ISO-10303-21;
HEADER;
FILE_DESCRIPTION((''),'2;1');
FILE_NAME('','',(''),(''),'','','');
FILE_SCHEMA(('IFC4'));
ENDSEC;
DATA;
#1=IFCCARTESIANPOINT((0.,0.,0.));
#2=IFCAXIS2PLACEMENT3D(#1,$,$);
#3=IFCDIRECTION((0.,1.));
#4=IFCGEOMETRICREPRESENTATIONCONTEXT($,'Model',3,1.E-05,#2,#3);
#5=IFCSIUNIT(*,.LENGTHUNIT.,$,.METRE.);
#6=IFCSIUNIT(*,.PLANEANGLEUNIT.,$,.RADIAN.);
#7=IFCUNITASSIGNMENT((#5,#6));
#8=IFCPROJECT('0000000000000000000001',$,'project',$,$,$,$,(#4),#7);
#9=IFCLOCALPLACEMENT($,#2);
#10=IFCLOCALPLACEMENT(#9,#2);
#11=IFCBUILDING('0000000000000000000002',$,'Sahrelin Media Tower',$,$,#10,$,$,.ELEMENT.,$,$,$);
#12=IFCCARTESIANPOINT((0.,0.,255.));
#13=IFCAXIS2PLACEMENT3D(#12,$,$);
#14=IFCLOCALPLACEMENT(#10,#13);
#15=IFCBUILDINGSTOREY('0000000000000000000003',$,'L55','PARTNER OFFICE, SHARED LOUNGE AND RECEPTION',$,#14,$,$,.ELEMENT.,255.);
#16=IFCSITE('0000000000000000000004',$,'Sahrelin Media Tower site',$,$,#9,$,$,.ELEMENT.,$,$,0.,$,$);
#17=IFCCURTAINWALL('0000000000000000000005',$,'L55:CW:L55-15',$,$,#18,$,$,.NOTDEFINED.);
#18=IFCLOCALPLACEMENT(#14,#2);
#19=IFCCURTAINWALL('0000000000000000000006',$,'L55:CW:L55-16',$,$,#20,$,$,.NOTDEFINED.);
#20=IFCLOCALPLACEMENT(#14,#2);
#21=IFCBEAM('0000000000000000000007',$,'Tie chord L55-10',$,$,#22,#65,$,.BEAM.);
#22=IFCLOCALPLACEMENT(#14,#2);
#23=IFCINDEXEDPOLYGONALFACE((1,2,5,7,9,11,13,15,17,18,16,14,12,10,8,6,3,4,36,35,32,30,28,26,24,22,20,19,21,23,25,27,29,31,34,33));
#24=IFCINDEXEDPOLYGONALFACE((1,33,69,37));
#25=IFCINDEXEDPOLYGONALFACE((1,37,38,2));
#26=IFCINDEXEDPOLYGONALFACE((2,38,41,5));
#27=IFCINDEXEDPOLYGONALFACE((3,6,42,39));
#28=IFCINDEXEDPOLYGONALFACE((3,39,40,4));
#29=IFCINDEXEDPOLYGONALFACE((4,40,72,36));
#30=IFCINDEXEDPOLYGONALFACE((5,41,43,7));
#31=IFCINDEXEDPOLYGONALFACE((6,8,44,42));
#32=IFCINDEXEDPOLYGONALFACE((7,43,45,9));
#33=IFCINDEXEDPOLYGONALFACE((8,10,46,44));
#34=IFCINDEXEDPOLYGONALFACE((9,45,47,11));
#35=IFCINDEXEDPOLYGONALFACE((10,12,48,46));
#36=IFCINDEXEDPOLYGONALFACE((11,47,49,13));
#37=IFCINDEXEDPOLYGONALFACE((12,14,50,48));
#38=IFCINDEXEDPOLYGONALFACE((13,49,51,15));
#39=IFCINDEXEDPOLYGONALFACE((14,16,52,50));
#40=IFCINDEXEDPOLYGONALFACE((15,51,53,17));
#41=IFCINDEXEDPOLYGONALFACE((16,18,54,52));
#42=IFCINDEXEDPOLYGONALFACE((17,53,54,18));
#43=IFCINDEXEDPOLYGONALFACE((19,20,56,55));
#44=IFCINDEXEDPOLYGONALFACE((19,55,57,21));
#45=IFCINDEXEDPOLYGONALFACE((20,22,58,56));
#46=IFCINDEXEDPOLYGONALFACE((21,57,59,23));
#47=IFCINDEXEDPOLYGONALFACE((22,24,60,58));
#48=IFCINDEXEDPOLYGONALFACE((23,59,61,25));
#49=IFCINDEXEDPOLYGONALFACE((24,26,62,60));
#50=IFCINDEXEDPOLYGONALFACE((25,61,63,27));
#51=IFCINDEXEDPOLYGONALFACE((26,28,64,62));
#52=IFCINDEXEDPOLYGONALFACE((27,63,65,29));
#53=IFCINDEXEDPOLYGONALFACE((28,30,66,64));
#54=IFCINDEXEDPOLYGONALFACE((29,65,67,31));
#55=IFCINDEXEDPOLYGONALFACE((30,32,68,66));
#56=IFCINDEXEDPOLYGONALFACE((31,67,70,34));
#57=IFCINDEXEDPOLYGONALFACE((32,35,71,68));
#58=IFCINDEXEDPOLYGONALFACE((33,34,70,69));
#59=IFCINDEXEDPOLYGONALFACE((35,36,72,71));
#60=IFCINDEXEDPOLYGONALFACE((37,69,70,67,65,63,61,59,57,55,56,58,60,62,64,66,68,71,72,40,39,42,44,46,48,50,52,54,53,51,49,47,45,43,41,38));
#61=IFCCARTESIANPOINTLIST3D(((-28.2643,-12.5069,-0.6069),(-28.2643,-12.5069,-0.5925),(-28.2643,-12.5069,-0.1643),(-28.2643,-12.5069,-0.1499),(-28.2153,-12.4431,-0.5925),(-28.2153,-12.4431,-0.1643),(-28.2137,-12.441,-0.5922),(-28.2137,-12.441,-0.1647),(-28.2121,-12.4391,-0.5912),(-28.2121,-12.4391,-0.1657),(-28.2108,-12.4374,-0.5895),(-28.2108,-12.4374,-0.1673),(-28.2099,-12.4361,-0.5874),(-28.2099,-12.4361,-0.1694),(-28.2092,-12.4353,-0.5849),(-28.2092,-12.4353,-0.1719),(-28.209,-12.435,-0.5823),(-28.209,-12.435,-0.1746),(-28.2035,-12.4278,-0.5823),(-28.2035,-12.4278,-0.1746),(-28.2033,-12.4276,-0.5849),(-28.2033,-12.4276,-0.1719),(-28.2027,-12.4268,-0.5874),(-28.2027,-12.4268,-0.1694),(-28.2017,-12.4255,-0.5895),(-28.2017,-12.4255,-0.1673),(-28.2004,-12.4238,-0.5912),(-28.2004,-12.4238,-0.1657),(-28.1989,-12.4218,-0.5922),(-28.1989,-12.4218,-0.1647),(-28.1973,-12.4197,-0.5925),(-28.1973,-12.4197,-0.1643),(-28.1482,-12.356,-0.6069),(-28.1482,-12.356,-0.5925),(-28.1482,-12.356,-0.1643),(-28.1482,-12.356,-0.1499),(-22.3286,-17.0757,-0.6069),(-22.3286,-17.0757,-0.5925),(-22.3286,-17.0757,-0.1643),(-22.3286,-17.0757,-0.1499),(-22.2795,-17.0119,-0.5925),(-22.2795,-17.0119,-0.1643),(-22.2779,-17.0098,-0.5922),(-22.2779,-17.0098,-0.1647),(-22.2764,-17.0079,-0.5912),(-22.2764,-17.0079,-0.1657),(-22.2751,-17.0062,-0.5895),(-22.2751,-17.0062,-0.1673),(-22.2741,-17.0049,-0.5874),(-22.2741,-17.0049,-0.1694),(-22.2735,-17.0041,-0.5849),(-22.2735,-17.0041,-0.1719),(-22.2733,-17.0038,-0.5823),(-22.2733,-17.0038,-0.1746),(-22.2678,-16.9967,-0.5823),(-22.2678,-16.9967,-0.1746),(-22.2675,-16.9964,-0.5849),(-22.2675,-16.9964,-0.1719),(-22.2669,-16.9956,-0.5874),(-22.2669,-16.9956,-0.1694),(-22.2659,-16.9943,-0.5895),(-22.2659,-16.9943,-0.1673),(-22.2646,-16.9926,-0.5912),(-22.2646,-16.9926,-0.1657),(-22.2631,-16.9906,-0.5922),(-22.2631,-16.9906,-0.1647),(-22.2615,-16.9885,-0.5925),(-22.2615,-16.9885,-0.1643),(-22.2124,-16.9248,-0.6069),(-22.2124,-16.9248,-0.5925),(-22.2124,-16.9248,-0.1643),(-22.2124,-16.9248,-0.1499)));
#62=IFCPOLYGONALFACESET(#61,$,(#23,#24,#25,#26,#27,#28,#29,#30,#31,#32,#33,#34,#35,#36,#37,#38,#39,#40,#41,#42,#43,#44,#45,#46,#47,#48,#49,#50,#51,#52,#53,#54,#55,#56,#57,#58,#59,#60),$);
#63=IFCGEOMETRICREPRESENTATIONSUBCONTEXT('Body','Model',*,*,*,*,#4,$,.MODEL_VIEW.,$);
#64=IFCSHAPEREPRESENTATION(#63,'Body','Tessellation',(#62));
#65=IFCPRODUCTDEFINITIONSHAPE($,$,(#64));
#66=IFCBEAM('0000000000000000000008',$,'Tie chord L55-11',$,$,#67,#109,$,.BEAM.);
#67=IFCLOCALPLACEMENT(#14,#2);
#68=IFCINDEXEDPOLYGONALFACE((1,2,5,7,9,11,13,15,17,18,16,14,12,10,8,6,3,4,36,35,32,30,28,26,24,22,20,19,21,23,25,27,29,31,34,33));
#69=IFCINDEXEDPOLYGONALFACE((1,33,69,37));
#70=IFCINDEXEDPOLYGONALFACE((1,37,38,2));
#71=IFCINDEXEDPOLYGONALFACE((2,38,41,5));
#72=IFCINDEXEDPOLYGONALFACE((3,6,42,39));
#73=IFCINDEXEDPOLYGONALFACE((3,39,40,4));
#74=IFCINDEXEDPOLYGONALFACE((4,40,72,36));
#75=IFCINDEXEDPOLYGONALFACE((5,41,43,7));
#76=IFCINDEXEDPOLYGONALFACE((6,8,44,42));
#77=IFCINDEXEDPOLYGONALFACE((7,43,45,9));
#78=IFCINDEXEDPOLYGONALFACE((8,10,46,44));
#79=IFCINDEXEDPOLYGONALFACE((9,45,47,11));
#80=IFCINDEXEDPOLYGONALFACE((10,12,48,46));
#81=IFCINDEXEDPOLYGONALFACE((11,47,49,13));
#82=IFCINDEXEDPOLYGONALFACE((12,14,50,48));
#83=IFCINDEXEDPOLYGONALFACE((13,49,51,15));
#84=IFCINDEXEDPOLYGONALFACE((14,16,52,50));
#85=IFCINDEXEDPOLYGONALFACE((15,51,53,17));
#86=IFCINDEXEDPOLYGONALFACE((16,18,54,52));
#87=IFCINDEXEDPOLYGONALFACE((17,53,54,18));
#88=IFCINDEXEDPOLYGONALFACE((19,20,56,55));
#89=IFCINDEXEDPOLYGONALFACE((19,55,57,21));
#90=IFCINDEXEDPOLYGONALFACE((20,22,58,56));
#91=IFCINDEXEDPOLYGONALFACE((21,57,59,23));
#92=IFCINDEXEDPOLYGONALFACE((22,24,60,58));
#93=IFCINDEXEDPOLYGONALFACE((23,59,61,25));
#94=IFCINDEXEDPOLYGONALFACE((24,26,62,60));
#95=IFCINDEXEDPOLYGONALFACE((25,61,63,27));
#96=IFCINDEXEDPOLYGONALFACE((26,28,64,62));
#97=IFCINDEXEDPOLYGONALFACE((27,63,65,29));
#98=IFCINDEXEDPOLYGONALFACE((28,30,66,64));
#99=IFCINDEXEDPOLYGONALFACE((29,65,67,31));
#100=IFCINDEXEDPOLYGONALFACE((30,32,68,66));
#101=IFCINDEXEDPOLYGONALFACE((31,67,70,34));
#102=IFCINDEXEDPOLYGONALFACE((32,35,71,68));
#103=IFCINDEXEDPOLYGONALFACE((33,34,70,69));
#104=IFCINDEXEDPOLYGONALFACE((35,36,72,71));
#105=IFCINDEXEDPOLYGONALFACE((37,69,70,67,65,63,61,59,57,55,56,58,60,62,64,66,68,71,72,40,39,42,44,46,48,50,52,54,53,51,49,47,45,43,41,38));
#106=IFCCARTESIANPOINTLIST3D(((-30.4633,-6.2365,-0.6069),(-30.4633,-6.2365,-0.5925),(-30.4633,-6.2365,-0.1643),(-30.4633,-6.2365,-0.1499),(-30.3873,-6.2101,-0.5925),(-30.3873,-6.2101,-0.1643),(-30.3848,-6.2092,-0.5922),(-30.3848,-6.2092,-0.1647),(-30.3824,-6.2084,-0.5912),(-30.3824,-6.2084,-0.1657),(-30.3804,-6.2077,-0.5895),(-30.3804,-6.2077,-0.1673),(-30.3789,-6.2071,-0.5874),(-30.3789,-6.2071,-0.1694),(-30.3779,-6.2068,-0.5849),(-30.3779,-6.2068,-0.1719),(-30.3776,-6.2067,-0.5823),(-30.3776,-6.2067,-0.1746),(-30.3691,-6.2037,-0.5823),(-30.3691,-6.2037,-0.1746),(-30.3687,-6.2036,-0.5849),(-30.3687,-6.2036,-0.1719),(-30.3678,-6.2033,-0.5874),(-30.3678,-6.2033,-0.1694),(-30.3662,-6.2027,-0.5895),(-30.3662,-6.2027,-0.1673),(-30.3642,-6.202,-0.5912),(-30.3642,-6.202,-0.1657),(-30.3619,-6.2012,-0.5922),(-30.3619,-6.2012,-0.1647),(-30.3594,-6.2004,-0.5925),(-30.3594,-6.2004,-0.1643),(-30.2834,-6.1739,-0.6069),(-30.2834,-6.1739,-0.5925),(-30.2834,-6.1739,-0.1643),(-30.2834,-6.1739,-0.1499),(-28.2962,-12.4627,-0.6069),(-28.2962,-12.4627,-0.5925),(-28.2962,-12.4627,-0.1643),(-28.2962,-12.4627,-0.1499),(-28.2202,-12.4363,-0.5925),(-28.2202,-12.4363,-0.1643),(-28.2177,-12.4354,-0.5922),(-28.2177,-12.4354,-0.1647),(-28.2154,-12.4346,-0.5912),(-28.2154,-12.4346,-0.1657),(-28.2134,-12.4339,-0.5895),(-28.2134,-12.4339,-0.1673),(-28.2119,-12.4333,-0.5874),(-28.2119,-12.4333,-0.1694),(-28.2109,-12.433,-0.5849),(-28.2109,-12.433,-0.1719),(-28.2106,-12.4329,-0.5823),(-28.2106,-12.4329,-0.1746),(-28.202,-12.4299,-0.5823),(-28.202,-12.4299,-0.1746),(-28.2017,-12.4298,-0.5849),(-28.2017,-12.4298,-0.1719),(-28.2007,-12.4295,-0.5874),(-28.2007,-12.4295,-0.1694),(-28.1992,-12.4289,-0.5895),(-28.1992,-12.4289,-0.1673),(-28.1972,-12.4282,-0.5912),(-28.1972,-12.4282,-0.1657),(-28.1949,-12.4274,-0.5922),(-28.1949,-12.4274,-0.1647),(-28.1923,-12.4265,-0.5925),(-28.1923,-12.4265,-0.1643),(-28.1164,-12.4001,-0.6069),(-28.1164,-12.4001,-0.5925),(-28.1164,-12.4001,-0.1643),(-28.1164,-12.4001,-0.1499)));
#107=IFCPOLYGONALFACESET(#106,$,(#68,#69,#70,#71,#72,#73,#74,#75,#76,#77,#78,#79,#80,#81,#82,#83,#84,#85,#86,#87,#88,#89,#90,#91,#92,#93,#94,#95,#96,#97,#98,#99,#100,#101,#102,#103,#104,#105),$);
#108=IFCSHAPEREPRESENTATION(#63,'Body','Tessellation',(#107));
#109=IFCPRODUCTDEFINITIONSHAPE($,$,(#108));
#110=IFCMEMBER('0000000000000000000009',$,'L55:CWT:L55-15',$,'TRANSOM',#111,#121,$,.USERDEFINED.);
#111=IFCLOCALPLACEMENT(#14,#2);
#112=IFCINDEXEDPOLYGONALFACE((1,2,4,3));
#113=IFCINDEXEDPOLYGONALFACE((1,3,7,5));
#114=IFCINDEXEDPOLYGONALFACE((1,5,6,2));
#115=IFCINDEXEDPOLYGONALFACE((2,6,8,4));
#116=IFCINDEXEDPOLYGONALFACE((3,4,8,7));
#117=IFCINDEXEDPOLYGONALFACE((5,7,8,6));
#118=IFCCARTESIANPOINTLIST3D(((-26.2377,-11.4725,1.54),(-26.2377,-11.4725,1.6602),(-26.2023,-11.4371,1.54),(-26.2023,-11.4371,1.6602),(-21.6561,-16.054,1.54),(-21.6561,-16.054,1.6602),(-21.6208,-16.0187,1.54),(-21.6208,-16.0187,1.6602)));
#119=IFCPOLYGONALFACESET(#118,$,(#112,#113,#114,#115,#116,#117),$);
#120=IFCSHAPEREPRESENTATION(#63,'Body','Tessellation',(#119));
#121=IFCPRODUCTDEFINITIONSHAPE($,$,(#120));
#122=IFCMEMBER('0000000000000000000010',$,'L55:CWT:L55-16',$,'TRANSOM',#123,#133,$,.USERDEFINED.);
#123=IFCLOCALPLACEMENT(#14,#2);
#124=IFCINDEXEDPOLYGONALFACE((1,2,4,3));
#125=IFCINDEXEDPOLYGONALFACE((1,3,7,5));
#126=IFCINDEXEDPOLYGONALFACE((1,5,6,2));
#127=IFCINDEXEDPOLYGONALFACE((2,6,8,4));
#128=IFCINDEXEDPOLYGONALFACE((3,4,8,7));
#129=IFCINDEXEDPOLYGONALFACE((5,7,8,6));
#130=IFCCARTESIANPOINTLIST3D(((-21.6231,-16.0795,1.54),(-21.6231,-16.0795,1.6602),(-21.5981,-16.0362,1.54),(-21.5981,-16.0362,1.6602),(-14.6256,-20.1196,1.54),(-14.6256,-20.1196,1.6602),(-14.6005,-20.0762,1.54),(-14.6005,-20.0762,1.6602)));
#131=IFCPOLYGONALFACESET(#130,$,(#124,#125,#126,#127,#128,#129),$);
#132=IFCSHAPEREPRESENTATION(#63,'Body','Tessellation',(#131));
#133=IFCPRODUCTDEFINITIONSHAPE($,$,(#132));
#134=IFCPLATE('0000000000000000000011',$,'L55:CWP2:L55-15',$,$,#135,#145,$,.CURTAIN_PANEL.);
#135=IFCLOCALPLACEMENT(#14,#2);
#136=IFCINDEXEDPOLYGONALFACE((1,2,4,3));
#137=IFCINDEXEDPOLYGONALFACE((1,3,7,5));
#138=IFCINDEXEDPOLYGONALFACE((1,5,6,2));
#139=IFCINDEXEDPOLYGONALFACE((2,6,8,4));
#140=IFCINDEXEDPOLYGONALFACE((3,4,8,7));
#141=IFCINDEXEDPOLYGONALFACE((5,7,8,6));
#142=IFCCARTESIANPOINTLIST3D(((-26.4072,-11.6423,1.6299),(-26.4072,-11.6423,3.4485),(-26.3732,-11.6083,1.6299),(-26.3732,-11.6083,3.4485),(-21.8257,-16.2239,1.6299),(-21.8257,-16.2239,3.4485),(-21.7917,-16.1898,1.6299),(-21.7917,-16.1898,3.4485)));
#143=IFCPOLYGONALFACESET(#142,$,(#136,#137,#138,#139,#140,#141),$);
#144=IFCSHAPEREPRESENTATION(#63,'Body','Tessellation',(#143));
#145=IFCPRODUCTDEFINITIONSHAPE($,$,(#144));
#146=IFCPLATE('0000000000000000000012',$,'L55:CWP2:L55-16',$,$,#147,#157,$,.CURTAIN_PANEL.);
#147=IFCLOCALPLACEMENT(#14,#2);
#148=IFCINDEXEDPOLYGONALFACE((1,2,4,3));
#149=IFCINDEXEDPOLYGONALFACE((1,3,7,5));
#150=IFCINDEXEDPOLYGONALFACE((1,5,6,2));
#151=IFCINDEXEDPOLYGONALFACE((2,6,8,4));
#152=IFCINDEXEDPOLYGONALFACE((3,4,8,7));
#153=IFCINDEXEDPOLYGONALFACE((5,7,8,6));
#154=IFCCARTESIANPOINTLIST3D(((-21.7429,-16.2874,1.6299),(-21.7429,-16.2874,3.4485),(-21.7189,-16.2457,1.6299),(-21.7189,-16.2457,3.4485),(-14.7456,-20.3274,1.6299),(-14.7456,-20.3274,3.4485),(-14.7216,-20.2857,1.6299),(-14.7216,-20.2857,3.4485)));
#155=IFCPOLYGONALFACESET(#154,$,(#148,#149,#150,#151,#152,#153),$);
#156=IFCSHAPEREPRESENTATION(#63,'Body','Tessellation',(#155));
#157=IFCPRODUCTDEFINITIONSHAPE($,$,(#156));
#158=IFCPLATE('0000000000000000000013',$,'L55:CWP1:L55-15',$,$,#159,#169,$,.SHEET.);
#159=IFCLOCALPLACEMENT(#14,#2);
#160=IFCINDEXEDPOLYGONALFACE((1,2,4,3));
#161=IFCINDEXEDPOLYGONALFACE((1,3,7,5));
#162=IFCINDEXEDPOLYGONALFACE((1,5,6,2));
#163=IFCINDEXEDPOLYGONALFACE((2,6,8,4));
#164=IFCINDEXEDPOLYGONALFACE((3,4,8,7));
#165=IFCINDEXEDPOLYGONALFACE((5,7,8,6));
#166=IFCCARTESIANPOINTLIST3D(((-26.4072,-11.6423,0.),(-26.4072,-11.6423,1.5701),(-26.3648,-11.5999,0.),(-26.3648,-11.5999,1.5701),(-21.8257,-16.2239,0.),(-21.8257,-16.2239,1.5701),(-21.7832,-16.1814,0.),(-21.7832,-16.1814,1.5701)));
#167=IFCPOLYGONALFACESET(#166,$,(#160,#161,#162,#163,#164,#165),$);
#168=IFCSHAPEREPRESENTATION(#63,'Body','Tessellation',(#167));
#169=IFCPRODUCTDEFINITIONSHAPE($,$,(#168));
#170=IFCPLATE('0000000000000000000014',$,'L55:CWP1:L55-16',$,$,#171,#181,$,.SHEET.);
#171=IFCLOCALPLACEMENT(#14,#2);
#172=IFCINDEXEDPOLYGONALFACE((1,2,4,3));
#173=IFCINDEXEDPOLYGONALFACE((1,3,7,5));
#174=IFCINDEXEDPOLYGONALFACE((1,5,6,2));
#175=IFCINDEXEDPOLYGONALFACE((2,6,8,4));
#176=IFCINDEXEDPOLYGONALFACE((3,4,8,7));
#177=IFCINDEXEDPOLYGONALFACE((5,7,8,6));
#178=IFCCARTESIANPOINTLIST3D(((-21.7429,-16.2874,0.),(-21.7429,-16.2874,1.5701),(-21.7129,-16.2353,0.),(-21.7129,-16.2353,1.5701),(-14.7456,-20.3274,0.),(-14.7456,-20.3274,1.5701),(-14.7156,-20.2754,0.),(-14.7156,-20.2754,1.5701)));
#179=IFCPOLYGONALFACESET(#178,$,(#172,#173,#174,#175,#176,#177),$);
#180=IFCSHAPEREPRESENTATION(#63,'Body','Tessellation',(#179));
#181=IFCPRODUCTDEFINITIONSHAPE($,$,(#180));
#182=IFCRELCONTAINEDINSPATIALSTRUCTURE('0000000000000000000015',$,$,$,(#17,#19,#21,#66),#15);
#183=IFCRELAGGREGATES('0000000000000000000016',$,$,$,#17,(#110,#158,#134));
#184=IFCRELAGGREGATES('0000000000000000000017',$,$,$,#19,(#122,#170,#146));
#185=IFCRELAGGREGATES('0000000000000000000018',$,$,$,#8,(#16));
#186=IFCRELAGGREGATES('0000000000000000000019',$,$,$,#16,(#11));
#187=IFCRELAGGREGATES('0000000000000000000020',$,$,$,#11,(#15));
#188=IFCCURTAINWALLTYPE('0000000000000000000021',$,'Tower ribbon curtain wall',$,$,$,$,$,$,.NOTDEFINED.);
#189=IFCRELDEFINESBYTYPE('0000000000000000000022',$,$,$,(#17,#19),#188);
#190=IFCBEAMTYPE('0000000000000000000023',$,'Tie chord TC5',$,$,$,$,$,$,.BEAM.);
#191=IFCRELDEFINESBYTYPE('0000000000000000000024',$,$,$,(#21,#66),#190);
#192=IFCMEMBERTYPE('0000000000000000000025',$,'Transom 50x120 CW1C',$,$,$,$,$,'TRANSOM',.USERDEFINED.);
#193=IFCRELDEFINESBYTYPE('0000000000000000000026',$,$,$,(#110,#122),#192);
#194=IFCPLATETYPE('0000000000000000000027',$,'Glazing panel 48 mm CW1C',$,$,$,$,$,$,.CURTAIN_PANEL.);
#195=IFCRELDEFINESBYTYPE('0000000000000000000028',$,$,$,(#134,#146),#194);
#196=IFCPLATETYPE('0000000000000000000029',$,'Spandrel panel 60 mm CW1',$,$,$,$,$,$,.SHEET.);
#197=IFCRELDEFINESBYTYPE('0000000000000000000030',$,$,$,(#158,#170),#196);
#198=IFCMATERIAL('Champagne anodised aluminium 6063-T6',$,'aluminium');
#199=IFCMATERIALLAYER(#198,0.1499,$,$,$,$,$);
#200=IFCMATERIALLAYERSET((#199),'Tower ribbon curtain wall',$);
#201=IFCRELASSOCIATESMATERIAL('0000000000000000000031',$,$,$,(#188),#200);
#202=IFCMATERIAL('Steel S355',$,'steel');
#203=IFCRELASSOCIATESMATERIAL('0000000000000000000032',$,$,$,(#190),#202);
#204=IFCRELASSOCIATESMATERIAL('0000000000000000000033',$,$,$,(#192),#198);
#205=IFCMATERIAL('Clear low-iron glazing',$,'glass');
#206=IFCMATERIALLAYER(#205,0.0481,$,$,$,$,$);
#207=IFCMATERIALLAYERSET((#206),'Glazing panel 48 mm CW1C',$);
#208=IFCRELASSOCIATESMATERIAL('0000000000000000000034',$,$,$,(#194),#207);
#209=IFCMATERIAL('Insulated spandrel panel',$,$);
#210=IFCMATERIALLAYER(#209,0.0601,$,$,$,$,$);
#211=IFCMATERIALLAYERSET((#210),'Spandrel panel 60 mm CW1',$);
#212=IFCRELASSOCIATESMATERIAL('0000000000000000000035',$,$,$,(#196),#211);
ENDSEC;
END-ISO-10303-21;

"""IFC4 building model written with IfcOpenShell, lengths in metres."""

from ifc_helpers import new_model, si_unit, direction, frame, origin, origin_2d, place, context, subcontext, project, spatial, polyline, rectangle, i_section, outline, extrude, material, layer, layer_set, material_profile, profile_set, type_object, element, aggregate, save


model = new_model("IFC4")

# Units and contexts
model_context = context("Model", 3, precision=1e-05, world=origin(), true_north=direction((0.0, 1.0)))
body_context = subcontext(model_context, "Body", "Model", "MODEL_VIEW")
ifc_project = project(units=[si_unit("LENGTHUNIT", "METRE"), si_unit("PLANEANGLEUNIT", "RADIAN")], contexts=[model_context])

# Site, building, storey
site_placement = place(None, origin())
site = spatial("IfcSite", under=ifc_project, at=site_placement, Name="Sahrelin Media Tower site", CompositionType="ELEMENT", RefElevation=0.0)
building_placement = place(site_placement, origin())
building = spatial("IfcBuilding", under=site, at=building_placement, Name="Sahrelin Media Tower", CompositionType="ELEMENT")
storey_placement = place(building_placement, frame((0.0, 0.0, 255.0)))
storey = spatial("IfcBuildingStorey", under=building, at=storey_placement, Name="L55", Description="PARTNER OFFICE, SHARED LOUNGE AND RECEPTION", CompositionType="ELEMENT", Elevation=255.0)

# Shared definitions
ifc_material_1 = material(Name="Steel S355", Category="steel")

# Curtain walls
ifc_material_2 = material(Name="Champagne anodised aluminium 6063-T6", Category="aluminium")
ifc_layer_1 = layer(ifc_material_2, 0.1499)
ifc_layer_set_1 = layer_set([ifc_layer_1], Name="Tower ribbon curtain wall")
curtain_wall_type = type_object("IfcCurtainWallType", Name="Tower ribbon curtain wall", PredefinedType="NOTDEFINED", material=ifc_layer_set_1)
curtain_wall_1_placement = place(storey_placement, frame((-24.1023, -13.9189, 0.0), z_axis=(0.0, 0.0, 1.0), x_axis=(1.0, 0.0, 0.0)))
curtain_wall_1 = element("IfcCurtainWall", 1, at=curtain_wall_1_placement, inside=storey, type_object=curtain_wall_type, Name="L55:CW:L55-15", PredefinedType="NOTDEFINED")
curtain_wall_2_placement = place(storey_placement, frame((-18.2344, -18.29, 0.0), z_axis=(0.0, 0.0, 1.0), x_axis=(1.0, 0.0, 0.0)))
curtain_wall_2 = element("IfcCurtainWall", 2, at=curtain_wall_2_placement, inside=storey, type_object=curtain_wall_type, Name="L55:CW:L55-16", PredefinedType="NOTDEFINED")

# Beams
ifc_material_profile_1 = material_profile(ifc_material_1, i_section(OverallWidth=0.1904, OverallDepth=0.457, WebThickness=0.009, FlangeThickness=0.0144, FilletRadius=0.0103, at=origin_2d()), Name="UB 457x191x74")
ifc_profile_set_1 = profile_set([ifc_material_profile_1], Name="Steel S355")
beam_type_1 = type_object("IfcBeamType", Name="Tie chord TC5", PredefinedType="BEAM", material=ifc_profile_set_1)
beam_1_placement = place(storey_placement, frame((-22.2705, -17.0002, -0.3784), z_axis=(-0.79244, 0.60995, 0.0), x_axis=(-0.60995, -0.79244, 0.0)))
element("IfcBeam", 3, at=beam_1_placement, inside=storey, type_object=beam_type_1, Name="Tie chord L55-10", PredefinedType="BEAM", context=body_context, shape_type="SweptSolid", body=[
    extrude(i_section(OverallWidth=0.1904, OverallDepth=0.457, WebThickness=0.009, FlangeThickness=0.0144, FilletRadius=0.0103, at=origin_2d()), origin(), (0.0, 0.0, 1.0), 7.4905),
])
beam_2_placement = place(storey_placement, frame((-28.2063, -12.4314, -0.3784), z_axis=(-0.32871, 0.944431, 0.0), x_axis=(-0.944431, -0.32871, 0.0)))
element("IfcBeam", 4, at=beam_2_placement, inside=storey, type_object=beam_type_1, Name="Tie chord L55-11", PredefinedType="BEAM", context=body_context, shape_type="SweptSolid", body=[
    extrude(i_section(OverallWidth=0.1904, OverallDepth=0.457, WebThickness=0.009, FlangeThickness=0.0144, FilletRadius=0.0103, at=origin_2d()), origin(), (0.0, 0.0, 1.0), 6.5925),
])

# Members
ifc_material_profile_2 = material_profile(ifc_material_2, rectangle(XDim=0.05, YDim=0.1201, at=origin_2d()), Name="Transom 50x120")
ifc_profile_set_2 = profile_set([ifc_material_profile_2], Name="Champagne anodised aluminium 6063-T6")
member_type_1 = type_object("IfcMemberType", Name="Transom 50x120 CW1C", ElementType="TRANSOM", PredefinedType="USERDEFINED", material=ifc_profile_set_2)
member_1_placement = place(storey_placement, frame((-26.22, -11.4548, 1.6001), z_axis=(0.707107, -0.707107, 0.0), x_axis=(0.707107, 0.707107, 0.0)))
member_1 = element("IfcMember", 5, at=member_1_placement, type_object=member_type_1, Name="L55:CWT:L55-15", ObjectType="TRANSOM", PredefinedType="USERDEFINED", context=body_context, shape_type="SweptSolid", body=[
    extrude(rectangle(XDim=0.05, YDim=0.1201, at=origin_2d()), origin(), (0.0, 0.0, 1.0), 6.4792),
])
member_2_placement = place(storey_placement, frame((-21.6106, -16.0579, 1.6001), z_axis=(0.866026, -0.5, 0.0), x_axis=(0.5, 0.866026, 0.0)))
member_2 = element("IfcMember", 6, at=member_2_placement, type_object=member_type_1, Name="L55:CWT:L55-16", ObjectType="TRANSOM", PredefinedType="USERDEFINED", context=body_context, shape_type="SweptSolid", body=[
    extrude(rectangle(XDim=0.05, YDim=0.1201, at=origin_2d()), origin(), (0.0, 0.0, 1.0), 8.0801),
])

# Plates
ifc_material_3 = material(Name="Clear low-iron glazing", Category="glass")
ifc_layer_2 = layer(ifc_material_3, 0.0481)
ifc_layer_set_2 = layer_set([ifc_layer_2], Name="Glazing panel 48 mm CW1C")
plate_type_1 = type_object("IfcPlateType", Name="Glazing panel 48 mm CW1C", PredefinedType="CURTAIN_PANEL", material=ifc_layer_set_2)
plate_1_placement = place(storey_placement, frame((-26.4072, -11.6423, 1.6299), z_axis=(-0.707107, -0.707107, 0.0), x_axis=(0.707107, -0.707107, 0.0)))
plate_1 = element("IfcPlate", 7, at=plate_1_placement, type_object=plate_type_1, Name="L55:CWP2:L55-15", PredefinedType="CURTAIN_PANEL", context=body_context, shape_type="SweptSolid", body=[
    extrude(outline(polyline([(0.0, 0.0), (6.4792, 0.0), (6.4792, 1.8186), (0.0, 1.8186), (0.0, 0.0)])), origin(), (0.0, 0.0, -1.0), 0.0481),
])
plate_2_placement = place(storey_placement, frame((-21.7429, -16.2874, 1.6299), z_axis=(-0.500013, -0.866018, 0.0), x_axis=(0.866018, -0.500013, 0.0)))
plate_2 = element("IfcPlate", 8, at=plate_2_placement, type_object=plate_type_1, Name="L55:CWP2:L55-16", PredefinedType="CURTAIN_PANEL", context=body_context, shape_type="SweptSolid", body=[
    extrude(outline(polyline([(0.0, 0.0), (8.0798, 0.0), (8.0798, 1.8186), (0.0, 1.8186), (0.0, 0.0)])), origin(), (0.0, 0.0, -1.0), 0.0481),
])
ifc_material_4 = material(Name="Insulated spandrel panel")
ifc_layer_3 = layer(ifc_material_4, 0.0601)
ifc_layer_set_3 = layer_set([ifc_layer_3], Name="Spandrel panel 60 mm CW1")
plate_type_2 = type_object("IfcPlateType", Name="Spandrel panel 60 mm CW1", PredefinedType="SHEET", material=ifc_layer_set_3)
plate_3_placement = place(storey_placement, frame((-26.4072, -11.6423, 0.0), z_axis=(-0.707107, -0.707107, 0.0), x_axis=(0.707107, -0.707107, 0.0)))
plate_3 = element("IfcPlate", 9, at=plate_3_placement, type_object=plate_type_2, Name="L55:CWP1:L55-15", PredefinedType="SHEET", context=body_context, shape_type="SweptSolid", body=[
    extrude(outline(polyline([(0.0, 0.0), (6.4792, 0.0), (6.4792, 1.5701), (0.0, 1.5701), (0.0, 0.0)])), origin(), (0.0, 0.0, -1.0), 0.0601),
])
aggregate(curtain_wall_1, [member_1, plate_3, plate_1])
plate_4_placement = place(storey_placement, frame((-21.7429, -16.2874, 0.0), z_axis=(-0.500013, -0.866018, 0.0), x_axis=(0.866018, -0.500013, 0.0)))
plate_4 = element("IfcPlate", 10, at=plate_4_placement, type_object=plate_type_2, Name="L55:CWP1:L55-16", PredefinedType="SHEET", context=body_context, shape_type="SweptSolid", body=[
    extrude(outline(polyline([(0.0, 0.0), (8.0798, 0.0), (8.0798, 1.5701), (0.0, 1.5701), (0.0, 0.0)])), origin(), (0.0, 0.0, -1.0), 0.0601),
])
aggregate(curtain_wall_2, [member_2, plate_4, plate_2])

save(model, "model.ifc")
